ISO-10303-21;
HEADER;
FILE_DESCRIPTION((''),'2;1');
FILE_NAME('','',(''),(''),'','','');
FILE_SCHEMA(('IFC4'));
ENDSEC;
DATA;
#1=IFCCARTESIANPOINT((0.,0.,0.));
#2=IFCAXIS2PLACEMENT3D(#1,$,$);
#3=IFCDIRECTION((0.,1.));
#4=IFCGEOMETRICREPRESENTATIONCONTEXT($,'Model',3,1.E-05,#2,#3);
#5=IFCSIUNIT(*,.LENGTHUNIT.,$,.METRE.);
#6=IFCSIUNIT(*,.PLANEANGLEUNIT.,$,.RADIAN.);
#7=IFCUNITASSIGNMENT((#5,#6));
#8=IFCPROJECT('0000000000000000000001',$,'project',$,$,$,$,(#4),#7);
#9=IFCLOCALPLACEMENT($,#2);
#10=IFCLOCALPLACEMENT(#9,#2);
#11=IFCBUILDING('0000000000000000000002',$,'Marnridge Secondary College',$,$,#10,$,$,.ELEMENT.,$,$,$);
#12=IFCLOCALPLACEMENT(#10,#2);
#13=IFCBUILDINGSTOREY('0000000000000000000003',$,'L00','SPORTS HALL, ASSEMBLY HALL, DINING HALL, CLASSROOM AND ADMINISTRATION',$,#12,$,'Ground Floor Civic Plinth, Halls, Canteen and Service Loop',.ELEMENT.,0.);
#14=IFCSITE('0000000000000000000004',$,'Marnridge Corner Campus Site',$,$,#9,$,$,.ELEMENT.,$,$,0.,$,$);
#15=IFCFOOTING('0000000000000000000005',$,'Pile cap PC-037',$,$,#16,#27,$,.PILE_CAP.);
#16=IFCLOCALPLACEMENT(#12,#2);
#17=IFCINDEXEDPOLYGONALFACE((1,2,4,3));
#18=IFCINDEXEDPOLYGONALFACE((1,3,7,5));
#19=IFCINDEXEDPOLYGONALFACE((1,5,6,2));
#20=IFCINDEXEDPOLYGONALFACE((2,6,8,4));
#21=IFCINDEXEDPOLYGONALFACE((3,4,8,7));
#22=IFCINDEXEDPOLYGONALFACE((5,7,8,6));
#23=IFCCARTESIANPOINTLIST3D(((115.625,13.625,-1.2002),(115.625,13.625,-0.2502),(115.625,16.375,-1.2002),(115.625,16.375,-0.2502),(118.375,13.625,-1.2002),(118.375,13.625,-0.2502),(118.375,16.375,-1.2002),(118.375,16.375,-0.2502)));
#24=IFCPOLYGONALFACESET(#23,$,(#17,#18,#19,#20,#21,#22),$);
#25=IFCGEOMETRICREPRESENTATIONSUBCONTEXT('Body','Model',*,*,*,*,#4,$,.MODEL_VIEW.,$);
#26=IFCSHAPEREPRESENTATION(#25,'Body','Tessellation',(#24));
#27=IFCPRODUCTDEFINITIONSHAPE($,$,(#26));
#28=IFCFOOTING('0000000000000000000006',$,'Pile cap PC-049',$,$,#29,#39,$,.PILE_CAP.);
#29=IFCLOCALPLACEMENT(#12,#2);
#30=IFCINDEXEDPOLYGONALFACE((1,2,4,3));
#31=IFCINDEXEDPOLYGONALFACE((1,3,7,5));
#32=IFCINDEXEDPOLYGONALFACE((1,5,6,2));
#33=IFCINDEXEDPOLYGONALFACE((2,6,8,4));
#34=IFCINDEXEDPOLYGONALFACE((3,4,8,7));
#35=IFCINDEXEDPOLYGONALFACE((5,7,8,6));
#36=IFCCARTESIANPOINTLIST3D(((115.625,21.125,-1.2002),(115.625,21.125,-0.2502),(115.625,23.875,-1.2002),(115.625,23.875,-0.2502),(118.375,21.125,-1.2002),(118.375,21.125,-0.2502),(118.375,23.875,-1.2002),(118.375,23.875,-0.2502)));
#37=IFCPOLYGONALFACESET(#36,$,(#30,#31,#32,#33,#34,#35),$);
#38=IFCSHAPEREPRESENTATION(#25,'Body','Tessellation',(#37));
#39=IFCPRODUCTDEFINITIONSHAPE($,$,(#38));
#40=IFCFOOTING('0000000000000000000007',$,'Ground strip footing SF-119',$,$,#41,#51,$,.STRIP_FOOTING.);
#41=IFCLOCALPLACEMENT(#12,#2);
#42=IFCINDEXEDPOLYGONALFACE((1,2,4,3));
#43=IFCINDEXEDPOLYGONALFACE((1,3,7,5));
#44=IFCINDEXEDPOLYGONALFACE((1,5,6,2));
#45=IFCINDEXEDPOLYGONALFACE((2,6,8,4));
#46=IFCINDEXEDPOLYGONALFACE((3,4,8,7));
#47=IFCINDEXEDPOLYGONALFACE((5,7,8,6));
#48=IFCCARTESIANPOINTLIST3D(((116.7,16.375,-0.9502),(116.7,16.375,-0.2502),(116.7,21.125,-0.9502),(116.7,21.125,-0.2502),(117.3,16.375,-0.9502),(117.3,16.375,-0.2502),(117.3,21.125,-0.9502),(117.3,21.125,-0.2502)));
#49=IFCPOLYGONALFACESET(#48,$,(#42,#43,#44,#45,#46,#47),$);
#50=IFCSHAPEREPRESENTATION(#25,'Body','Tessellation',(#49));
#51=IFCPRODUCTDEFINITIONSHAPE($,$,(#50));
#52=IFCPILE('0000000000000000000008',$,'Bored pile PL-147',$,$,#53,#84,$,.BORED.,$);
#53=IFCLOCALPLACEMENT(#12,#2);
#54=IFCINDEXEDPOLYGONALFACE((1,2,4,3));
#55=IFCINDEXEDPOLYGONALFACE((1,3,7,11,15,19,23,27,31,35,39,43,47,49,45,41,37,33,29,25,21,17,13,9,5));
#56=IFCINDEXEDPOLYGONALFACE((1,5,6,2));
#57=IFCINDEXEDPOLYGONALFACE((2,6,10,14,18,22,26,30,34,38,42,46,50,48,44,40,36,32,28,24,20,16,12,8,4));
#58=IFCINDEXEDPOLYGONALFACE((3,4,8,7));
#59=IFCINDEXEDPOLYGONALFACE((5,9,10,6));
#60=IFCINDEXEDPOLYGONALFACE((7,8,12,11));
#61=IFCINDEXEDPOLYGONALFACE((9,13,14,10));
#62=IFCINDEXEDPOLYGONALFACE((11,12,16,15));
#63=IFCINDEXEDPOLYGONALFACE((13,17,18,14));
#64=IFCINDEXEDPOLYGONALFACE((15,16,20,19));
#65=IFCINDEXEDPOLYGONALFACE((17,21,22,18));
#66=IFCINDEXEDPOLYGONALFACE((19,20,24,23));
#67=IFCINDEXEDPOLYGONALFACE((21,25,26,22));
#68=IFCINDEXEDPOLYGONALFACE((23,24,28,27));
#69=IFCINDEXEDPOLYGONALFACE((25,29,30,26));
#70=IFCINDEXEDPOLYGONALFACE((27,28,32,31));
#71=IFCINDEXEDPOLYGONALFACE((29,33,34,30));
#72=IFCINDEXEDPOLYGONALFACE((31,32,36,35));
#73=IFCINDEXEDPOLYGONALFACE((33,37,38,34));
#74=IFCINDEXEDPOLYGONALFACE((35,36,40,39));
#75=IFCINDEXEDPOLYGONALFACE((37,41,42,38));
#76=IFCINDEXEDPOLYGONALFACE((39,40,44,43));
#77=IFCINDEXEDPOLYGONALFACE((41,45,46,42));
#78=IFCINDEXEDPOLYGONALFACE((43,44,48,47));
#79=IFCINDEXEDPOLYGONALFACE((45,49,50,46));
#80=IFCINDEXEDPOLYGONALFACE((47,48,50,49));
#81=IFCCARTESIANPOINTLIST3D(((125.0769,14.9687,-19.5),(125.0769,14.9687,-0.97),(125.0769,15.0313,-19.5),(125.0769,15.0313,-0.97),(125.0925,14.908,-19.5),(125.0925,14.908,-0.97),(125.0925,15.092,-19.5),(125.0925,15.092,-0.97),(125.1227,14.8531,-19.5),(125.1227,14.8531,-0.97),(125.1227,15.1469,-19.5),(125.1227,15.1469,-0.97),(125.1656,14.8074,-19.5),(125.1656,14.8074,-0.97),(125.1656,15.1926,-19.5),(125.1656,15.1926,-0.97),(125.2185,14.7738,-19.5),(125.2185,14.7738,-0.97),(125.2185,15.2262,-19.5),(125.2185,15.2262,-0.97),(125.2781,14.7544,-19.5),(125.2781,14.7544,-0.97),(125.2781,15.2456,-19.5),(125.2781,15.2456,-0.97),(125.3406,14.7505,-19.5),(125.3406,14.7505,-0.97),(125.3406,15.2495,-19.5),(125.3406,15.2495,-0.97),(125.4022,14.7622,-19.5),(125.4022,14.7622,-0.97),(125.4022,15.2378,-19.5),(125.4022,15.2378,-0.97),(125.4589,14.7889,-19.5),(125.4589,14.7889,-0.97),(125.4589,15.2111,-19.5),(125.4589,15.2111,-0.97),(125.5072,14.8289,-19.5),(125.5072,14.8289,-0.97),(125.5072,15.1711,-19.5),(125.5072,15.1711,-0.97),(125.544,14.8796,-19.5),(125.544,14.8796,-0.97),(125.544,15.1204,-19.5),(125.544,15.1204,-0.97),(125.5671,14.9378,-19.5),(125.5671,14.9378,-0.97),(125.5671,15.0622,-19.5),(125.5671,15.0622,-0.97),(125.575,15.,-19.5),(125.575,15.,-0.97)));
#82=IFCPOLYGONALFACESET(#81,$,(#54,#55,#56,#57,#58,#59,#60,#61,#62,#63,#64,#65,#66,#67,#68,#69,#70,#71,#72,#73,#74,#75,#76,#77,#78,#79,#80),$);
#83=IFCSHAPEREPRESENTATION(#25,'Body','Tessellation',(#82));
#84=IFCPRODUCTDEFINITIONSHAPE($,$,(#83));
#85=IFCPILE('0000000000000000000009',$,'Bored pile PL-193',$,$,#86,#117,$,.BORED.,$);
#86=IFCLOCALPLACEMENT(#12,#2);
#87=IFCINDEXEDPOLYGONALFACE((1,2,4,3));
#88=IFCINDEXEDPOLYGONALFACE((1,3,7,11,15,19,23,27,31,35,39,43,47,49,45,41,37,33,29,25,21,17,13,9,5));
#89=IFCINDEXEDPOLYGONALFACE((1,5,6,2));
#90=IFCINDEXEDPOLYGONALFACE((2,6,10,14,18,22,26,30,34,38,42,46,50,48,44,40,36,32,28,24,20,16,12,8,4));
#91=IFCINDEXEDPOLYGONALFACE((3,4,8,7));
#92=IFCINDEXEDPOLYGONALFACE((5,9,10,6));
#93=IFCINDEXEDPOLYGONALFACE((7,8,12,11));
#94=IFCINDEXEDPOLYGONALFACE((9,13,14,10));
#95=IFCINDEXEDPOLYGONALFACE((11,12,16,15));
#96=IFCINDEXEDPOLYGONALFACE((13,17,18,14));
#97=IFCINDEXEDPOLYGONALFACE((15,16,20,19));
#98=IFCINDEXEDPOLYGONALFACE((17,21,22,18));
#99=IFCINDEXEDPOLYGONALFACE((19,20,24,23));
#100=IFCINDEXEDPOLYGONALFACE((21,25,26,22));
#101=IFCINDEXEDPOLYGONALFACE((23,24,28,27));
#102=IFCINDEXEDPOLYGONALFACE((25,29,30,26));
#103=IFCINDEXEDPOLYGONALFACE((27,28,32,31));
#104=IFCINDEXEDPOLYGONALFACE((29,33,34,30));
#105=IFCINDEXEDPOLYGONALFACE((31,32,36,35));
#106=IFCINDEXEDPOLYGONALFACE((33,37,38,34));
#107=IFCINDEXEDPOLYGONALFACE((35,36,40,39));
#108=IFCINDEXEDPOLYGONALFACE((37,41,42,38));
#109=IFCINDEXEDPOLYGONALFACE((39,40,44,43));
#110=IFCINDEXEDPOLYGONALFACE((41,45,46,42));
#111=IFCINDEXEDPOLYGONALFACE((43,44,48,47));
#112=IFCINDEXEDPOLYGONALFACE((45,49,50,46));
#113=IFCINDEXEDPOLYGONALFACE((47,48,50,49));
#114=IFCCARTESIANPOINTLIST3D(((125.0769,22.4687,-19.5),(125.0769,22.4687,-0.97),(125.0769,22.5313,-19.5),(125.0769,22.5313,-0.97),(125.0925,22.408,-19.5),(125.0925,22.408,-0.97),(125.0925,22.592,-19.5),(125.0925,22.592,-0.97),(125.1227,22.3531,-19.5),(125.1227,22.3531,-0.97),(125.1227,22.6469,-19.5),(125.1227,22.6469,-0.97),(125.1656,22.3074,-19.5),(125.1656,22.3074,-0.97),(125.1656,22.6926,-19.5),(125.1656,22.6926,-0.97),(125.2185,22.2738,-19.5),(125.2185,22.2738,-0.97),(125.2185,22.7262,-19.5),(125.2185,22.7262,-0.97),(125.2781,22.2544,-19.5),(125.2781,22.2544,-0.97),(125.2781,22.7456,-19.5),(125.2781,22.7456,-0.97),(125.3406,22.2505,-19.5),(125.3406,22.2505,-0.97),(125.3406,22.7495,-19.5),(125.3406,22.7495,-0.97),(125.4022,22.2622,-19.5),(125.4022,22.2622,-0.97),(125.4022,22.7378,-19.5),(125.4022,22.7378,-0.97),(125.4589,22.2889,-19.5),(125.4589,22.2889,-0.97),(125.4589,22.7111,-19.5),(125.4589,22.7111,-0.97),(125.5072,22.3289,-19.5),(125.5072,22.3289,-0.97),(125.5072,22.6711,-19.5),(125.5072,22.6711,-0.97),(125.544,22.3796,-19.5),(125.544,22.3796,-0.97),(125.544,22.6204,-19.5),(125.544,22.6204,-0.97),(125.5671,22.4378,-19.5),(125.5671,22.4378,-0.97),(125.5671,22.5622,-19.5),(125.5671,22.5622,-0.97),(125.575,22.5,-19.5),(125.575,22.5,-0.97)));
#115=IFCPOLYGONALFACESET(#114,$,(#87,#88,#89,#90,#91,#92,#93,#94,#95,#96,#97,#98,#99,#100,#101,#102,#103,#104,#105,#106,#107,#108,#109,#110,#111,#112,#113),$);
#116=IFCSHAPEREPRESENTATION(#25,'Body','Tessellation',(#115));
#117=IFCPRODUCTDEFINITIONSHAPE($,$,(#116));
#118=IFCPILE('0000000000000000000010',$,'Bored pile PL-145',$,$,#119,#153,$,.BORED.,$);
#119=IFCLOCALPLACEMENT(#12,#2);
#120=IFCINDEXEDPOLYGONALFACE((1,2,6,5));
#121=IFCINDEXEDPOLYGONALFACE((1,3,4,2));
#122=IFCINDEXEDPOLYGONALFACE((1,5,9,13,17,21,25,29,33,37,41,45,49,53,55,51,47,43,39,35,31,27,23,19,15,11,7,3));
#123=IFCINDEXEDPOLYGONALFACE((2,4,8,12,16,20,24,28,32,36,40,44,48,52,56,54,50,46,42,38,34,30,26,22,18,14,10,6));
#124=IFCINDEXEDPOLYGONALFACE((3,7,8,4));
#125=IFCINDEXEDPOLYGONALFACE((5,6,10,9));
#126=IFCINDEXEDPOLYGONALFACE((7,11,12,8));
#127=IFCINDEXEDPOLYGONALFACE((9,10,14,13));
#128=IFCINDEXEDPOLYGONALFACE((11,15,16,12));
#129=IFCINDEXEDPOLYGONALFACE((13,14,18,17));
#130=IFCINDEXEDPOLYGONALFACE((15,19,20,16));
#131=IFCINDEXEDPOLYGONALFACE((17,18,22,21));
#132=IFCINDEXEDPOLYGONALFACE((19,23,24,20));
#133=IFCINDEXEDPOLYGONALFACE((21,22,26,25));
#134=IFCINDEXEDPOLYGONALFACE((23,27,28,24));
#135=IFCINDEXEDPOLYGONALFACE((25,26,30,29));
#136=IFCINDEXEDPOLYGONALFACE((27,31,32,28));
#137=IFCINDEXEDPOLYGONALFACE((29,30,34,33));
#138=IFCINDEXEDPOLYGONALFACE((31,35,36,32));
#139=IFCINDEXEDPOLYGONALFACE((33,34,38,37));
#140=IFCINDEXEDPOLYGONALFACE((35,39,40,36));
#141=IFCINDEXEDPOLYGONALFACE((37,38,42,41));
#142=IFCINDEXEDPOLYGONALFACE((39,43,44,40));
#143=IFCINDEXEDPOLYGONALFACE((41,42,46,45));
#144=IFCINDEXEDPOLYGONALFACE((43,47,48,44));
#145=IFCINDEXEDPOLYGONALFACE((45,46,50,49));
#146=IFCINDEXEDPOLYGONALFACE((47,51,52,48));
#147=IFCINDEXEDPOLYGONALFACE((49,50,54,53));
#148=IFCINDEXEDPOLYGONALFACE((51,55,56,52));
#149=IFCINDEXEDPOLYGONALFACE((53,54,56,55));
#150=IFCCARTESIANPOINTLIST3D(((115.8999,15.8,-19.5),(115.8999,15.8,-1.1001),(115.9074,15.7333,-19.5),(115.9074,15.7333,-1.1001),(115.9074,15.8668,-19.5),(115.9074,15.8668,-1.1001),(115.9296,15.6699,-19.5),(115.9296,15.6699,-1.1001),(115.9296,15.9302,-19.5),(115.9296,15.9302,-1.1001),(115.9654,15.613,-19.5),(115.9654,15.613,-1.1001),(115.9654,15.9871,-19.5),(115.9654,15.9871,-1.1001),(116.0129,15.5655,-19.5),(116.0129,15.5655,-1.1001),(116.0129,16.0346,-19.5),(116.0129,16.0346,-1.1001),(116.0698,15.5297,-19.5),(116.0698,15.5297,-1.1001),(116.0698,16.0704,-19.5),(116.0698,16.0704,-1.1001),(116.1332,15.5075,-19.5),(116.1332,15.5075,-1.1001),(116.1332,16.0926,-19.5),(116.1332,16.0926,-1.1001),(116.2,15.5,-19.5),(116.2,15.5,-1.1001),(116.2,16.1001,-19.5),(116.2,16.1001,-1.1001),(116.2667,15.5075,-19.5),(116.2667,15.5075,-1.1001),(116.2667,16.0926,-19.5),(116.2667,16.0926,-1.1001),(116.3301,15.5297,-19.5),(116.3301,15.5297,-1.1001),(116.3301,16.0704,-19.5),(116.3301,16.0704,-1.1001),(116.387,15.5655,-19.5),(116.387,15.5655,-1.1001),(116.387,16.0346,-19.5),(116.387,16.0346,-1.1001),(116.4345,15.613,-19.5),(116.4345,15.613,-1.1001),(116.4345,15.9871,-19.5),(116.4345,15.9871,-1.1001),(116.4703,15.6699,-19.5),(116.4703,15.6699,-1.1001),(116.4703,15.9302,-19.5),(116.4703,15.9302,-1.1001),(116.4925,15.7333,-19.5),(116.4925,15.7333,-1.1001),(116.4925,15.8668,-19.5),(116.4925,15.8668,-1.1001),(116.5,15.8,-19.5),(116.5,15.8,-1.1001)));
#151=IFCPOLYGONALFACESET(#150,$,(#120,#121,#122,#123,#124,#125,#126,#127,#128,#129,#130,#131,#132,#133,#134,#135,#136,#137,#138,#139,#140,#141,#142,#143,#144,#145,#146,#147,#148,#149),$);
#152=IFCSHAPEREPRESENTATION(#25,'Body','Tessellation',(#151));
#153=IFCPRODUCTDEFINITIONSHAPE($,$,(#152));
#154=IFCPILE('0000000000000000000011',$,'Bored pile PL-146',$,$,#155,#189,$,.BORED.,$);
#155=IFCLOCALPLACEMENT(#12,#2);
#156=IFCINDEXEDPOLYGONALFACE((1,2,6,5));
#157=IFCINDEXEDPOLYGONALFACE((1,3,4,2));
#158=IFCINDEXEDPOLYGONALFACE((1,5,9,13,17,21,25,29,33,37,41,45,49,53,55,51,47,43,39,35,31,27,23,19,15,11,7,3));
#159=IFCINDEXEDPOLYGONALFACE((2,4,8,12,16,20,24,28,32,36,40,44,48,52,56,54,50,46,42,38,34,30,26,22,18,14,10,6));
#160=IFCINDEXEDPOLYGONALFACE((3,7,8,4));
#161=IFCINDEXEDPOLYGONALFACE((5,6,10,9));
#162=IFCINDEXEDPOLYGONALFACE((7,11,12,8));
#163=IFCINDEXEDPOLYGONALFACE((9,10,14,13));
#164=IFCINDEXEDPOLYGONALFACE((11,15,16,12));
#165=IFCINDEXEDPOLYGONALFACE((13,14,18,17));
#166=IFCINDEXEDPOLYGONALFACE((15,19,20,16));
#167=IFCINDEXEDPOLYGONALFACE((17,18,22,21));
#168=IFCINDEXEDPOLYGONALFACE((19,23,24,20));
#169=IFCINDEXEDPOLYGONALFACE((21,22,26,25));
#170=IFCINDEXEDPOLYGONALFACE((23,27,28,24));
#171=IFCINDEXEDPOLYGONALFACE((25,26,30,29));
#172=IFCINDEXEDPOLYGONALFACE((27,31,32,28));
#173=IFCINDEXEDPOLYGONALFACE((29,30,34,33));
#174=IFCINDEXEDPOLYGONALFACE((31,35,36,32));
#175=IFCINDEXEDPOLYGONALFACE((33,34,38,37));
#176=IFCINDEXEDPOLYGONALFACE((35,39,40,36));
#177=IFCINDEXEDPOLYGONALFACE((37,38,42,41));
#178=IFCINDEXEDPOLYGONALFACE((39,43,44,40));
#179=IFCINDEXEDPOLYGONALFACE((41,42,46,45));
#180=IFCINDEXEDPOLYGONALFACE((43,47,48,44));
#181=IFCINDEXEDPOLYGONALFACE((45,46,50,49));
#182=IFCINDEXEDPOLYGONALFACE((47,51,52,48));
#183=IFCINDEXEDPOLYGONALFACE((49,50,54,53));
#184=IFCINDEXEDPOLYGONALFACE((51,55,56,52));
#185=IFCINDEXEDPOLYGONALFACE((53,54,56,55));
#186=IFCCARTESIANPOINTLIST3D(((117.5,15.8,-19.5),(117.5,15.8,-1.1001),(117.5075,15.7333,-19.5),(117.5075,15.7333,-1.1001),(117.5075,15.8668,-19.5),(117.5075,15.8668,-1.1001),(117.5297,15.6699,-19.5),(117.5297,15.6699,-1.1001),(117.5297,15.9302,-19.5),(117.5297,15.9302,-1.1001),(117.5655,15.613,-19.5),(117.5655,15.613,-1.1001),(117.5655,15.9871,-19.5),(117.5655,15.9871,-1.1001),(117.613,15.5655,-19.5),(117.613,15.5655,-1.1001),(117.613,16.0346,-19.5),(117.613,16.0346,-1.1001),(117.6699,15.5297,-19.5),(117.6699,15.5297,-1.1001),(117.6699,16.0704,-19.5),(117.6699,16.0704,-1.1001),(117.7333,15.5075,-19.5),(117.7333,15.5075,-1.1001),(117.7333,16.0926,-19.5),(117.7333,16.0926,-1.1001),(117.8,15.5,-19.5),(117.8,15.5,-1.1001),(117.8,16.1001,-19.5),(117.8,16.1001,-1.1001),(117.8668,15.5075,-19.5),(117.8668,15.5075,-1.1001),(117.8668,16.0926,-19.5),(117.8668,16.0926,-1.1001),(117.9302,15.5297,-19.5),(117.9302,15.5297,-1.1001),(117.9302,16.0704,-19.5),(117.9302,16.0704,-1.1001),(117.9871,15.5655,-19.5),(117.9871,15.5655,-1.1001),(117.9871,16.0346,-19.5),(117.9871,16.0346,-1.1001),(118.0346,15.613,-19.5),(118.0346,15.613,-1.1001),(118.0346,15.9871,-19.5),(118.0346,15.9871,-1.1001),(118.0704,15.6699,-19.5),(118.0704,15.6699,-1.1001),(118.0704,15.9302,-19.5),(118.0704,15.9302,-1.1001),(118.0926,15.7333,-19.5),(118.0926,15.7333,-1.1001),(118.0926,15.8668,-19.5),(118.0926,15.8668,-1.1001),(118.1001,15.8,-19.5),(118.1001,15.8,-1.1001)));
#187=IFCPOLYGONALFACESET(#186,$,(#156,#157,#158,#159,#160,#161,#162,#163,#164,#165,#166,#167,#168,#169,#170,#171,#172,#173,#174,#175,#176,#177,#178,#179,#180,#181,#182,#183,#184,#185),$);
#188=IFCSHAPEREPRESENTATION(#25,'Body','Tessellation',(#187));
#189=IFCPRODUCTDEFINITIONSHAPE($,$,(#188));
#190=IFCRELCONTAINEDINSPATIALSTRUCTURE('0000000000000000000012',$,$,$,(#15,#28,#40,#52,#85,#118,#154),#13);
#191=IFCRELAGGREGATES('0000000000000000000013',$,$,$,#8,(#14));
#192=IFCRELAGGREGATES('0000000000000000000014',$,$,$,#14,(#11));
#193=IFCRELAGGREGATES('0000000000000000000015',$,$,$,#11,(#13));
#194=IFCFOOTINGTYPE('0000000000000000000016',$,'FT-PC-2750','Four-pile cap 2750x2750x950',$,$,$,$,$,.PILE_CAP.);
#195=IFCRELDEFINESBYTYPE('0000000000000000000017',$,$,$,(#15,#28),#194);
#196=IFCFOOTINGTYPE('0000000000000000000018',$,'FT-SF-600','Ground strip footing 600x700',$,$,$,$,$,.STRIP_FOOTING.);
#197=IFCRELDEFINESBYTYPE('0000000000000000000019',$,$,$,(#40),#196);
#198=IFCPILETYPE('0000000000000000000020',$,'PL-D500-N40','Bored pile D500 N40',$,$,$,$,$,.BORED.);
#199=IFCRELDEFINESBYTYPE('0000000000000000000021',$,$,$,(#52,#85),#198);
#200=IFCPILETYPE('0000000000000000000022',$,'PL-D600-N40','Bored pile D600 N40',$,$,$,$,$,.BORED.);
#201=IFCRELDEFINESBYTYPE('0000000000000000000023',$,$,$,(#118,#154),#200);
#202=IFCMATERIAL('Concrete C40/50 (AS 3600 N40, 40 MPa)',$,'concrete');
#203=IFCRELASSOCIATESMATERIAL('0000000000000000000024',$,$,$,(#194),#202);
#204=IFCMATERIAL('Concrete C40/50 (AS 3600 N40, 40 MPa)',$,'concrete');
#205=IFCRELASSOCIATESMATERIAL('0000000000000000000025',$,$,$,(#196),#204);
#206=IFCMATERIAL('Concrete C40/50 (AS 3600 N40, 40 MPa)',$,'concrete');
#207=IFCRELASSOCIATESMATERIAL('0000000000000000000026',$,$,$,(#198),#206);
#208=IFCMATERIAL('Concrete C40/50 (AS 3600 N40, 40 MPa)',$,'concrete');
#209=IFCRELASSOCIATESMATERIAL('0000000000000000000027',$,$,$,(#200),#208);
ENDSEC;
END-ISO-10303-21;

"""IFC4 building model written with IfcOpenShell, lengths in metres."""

from ifc_helpers import new_model, si_unit, direction, frame, origin, origin_2d, place, context, subcontext, project, spatial, rectangle, circle, extrude, material, material_profile, profile_set, type_object, element, save


model = new_model("IFC4")

# Units and contexts
model_context = context("Model", 3, precision=1e-05, world=origin(), true_north=direction((0.0, 1.0)))
body_context = subcontext(model_context, "Body", "Model", "MODEL_VIEW")
ifc_project = project(units=[si_unit("LENGTHUNIT", "METRE"), si_unit("PLANEANGLEUNIT", "RADIAN")], contexts=[model_context])

# Site, building, storey
site_placement = place(None, origin())
site = spatial("IfcSite", under=ifc_project, at=site_placement, Name="Marnridge Corner Campus Site", CompositionType="ELEMENT", RefElevation=0.0)
building_placement = place(site_placement, origin())
building = spatial("IfcBuilding", under=site, at=building_placement, Name="Marnridge Secondary College", CompositionType="ELEMENT")
storey_placement = place(building_placement, origin())
storey = spatial("IfcBuildingStorey", under=building, at=storey_placement, Name="L00", Description="SPORTS HALL, ASSEMBLY HALL, DINING HALL, CLASSROOM AND ADMINISTRATION", LongName="Ground Floor Civic Plinth, Halls, Canteen and Service Loop", CompositionType="ELEMENT", Elevation=0.0)

# Footings
ifc_material_1 = material(Name="Concrete C40/50 (AS 3600 N40, 40 MPa)", Category="concrete")
footing_type_1 = type_object("IfcFootingType", Name="FT-PC-2750", Description="Four-pile cap 2750x2750x950", PredefinedType="PILE_CAP", material=ifc_material_1)
for number, where, z_axis, x_axis, name in (
    (1, (117.0, 15.0, -1.2002), (0.0, 0.0, 1.0), (1.0, 0.0, 0.0), "Pile cap PC-037"),
    (2, (117.0, 22.5, -1.2002), (0.0, 0.0, 1.0), (1.0, 0.0, 0.0), "Pile cap PC-049"),
):
    element("IfcFooting", number, at=place(storey_placement, frame(where, z_axis=z_axis, x_axis=x_axis)), inside=storey, type_object=footing_type_1, Name=name, PredefinedType="PILE_CAP", context=body_context, shape_type="SweptSolid", body=[
        extrude(rectangle(XDim=2.75, YDim=2.75, at=origin_2d()), origin(), (0.0, 0.0, 1.0), 0.95),
    ])
ifc_material_2 = material(Name="Concrete C40/50 (AS 3600 N40, 40 MPa)", Category="concrete")
footing_type_2 = type_object("IfcFootingType", Name="FT-SF-600", Description="Ground strip footing 600x700", PredefinedType="STRIP_FOOTING", material=ifc_material_2)
footing_placement = place(storey_placement, frame((117.0, 18.75, -0.9502), z_axis=(0.0, 0.0, 1.0), x_axis=(1.0, 0.0, 0.0)))
element("IfcFooting", 3, at=footing_placement, inside=storey, type_object=footing_type_2, Name="Ground strip footing SF-119", PredefinedType="STRIP_FOOTING", context=body_context, shape_type="SweptSolid", body=[
    extrude(rectangle(XDim=0.6001, YDim=4.75, at=origin_2d()), origin(), (0.0, 0.0, 1.0), 0.7),
])

# Piles
ifc_material_3 = material(Name="Concrete C40/50 (AS 3600 N40, 40 MPa)", Category="concrete")
ifc_material_profile_1 = material_profile(ifc_material_3, circle(Radius=0.25, at=origin_2d()), Name="PILE D500")
ifc_profile_set_1 = profile_set([ifc_material_profile_1], Name="Concrete C40/50 (AS 3600 N40, 40 MPa)")
pile_type_1 = type_object("IfcPileType", Name="PL-D500-N40", Description="Bored pile D500 N40", PredefinedType="BORED", material=ifc_profile_set_1)
for number, where, z_axis, x_axis, name in (
    (4, (125.325, 15.0, -0.97), (0.0, 0.0, -1.0), (1.0, 0.0, 0.0), "Bored pile PL-147"),
    (5, (125.325, 22.5, -0.97), (0.0, 0.0, -1.0), (1.0, 0.0, 0.0), "Bored pile PL-193"),
):
    element("IfcPile", number, at=place(storey_placement, frame(where, z_axis=z_axis, x_axis=x_axis)), inside=storey, type_object=pile_type_1, Name=name, PredefinedType="BORED", context=body_context, shape_type="SweptSolid", body=[
        extrude(circle(Radius=0.25, at=origin_2d()), origin(), (0.0, 0.0, 1.0), 18.53),
    ])
ifc_material_4 = material(Name="Concrete C40/50 (AS 3600 N40, 40 MPa)", Category="concrete")
ifc_material_profile_2 = material_profile(ifc_material_4, circle(Radius=0.3, at=origin_2d()), Name="PILE D600")
ifc_profile_set_2 = profile_set([ifc_material_profile_2], Name="Concrete C40/50 (AS 3600 N40, 40 MPa)")
pile_type_2 = type_object("IfcPileType", Name="PL-D600-N40", Description="Bored pile D600 N40", PredefinedType="BORED", material=ifc_profile_set_2)
for number, where, z_axis, x_axis, name in (
    (6, (116.2, 15.8, -1.1001), (0.0, 0.0, -1.0), (1.0, 0.0, 0.0), "Bored pile PL-145"),
    (7, (117.8, 15.8, -1.1001), (0.0, 0.0, -1.0), (1.0, 0.0, 0.0), "Bored pile PL-146"),
):
    element("IfcPile", number, at=place(storey_placement, frame(where, z_axis=z_axis, x_axis=x_axis)), inside=storey, type_object=pile_type_2, Name=name, PredefinedType="BORED", context=body_context, shape_type="SweptSolid", body=[
        extrude(circle(Radius=0.3, at=origin_2d()), origin(), (0.0, 0.0, 1.0), 18.3999),
    ])

save(model, "model.ifc")
